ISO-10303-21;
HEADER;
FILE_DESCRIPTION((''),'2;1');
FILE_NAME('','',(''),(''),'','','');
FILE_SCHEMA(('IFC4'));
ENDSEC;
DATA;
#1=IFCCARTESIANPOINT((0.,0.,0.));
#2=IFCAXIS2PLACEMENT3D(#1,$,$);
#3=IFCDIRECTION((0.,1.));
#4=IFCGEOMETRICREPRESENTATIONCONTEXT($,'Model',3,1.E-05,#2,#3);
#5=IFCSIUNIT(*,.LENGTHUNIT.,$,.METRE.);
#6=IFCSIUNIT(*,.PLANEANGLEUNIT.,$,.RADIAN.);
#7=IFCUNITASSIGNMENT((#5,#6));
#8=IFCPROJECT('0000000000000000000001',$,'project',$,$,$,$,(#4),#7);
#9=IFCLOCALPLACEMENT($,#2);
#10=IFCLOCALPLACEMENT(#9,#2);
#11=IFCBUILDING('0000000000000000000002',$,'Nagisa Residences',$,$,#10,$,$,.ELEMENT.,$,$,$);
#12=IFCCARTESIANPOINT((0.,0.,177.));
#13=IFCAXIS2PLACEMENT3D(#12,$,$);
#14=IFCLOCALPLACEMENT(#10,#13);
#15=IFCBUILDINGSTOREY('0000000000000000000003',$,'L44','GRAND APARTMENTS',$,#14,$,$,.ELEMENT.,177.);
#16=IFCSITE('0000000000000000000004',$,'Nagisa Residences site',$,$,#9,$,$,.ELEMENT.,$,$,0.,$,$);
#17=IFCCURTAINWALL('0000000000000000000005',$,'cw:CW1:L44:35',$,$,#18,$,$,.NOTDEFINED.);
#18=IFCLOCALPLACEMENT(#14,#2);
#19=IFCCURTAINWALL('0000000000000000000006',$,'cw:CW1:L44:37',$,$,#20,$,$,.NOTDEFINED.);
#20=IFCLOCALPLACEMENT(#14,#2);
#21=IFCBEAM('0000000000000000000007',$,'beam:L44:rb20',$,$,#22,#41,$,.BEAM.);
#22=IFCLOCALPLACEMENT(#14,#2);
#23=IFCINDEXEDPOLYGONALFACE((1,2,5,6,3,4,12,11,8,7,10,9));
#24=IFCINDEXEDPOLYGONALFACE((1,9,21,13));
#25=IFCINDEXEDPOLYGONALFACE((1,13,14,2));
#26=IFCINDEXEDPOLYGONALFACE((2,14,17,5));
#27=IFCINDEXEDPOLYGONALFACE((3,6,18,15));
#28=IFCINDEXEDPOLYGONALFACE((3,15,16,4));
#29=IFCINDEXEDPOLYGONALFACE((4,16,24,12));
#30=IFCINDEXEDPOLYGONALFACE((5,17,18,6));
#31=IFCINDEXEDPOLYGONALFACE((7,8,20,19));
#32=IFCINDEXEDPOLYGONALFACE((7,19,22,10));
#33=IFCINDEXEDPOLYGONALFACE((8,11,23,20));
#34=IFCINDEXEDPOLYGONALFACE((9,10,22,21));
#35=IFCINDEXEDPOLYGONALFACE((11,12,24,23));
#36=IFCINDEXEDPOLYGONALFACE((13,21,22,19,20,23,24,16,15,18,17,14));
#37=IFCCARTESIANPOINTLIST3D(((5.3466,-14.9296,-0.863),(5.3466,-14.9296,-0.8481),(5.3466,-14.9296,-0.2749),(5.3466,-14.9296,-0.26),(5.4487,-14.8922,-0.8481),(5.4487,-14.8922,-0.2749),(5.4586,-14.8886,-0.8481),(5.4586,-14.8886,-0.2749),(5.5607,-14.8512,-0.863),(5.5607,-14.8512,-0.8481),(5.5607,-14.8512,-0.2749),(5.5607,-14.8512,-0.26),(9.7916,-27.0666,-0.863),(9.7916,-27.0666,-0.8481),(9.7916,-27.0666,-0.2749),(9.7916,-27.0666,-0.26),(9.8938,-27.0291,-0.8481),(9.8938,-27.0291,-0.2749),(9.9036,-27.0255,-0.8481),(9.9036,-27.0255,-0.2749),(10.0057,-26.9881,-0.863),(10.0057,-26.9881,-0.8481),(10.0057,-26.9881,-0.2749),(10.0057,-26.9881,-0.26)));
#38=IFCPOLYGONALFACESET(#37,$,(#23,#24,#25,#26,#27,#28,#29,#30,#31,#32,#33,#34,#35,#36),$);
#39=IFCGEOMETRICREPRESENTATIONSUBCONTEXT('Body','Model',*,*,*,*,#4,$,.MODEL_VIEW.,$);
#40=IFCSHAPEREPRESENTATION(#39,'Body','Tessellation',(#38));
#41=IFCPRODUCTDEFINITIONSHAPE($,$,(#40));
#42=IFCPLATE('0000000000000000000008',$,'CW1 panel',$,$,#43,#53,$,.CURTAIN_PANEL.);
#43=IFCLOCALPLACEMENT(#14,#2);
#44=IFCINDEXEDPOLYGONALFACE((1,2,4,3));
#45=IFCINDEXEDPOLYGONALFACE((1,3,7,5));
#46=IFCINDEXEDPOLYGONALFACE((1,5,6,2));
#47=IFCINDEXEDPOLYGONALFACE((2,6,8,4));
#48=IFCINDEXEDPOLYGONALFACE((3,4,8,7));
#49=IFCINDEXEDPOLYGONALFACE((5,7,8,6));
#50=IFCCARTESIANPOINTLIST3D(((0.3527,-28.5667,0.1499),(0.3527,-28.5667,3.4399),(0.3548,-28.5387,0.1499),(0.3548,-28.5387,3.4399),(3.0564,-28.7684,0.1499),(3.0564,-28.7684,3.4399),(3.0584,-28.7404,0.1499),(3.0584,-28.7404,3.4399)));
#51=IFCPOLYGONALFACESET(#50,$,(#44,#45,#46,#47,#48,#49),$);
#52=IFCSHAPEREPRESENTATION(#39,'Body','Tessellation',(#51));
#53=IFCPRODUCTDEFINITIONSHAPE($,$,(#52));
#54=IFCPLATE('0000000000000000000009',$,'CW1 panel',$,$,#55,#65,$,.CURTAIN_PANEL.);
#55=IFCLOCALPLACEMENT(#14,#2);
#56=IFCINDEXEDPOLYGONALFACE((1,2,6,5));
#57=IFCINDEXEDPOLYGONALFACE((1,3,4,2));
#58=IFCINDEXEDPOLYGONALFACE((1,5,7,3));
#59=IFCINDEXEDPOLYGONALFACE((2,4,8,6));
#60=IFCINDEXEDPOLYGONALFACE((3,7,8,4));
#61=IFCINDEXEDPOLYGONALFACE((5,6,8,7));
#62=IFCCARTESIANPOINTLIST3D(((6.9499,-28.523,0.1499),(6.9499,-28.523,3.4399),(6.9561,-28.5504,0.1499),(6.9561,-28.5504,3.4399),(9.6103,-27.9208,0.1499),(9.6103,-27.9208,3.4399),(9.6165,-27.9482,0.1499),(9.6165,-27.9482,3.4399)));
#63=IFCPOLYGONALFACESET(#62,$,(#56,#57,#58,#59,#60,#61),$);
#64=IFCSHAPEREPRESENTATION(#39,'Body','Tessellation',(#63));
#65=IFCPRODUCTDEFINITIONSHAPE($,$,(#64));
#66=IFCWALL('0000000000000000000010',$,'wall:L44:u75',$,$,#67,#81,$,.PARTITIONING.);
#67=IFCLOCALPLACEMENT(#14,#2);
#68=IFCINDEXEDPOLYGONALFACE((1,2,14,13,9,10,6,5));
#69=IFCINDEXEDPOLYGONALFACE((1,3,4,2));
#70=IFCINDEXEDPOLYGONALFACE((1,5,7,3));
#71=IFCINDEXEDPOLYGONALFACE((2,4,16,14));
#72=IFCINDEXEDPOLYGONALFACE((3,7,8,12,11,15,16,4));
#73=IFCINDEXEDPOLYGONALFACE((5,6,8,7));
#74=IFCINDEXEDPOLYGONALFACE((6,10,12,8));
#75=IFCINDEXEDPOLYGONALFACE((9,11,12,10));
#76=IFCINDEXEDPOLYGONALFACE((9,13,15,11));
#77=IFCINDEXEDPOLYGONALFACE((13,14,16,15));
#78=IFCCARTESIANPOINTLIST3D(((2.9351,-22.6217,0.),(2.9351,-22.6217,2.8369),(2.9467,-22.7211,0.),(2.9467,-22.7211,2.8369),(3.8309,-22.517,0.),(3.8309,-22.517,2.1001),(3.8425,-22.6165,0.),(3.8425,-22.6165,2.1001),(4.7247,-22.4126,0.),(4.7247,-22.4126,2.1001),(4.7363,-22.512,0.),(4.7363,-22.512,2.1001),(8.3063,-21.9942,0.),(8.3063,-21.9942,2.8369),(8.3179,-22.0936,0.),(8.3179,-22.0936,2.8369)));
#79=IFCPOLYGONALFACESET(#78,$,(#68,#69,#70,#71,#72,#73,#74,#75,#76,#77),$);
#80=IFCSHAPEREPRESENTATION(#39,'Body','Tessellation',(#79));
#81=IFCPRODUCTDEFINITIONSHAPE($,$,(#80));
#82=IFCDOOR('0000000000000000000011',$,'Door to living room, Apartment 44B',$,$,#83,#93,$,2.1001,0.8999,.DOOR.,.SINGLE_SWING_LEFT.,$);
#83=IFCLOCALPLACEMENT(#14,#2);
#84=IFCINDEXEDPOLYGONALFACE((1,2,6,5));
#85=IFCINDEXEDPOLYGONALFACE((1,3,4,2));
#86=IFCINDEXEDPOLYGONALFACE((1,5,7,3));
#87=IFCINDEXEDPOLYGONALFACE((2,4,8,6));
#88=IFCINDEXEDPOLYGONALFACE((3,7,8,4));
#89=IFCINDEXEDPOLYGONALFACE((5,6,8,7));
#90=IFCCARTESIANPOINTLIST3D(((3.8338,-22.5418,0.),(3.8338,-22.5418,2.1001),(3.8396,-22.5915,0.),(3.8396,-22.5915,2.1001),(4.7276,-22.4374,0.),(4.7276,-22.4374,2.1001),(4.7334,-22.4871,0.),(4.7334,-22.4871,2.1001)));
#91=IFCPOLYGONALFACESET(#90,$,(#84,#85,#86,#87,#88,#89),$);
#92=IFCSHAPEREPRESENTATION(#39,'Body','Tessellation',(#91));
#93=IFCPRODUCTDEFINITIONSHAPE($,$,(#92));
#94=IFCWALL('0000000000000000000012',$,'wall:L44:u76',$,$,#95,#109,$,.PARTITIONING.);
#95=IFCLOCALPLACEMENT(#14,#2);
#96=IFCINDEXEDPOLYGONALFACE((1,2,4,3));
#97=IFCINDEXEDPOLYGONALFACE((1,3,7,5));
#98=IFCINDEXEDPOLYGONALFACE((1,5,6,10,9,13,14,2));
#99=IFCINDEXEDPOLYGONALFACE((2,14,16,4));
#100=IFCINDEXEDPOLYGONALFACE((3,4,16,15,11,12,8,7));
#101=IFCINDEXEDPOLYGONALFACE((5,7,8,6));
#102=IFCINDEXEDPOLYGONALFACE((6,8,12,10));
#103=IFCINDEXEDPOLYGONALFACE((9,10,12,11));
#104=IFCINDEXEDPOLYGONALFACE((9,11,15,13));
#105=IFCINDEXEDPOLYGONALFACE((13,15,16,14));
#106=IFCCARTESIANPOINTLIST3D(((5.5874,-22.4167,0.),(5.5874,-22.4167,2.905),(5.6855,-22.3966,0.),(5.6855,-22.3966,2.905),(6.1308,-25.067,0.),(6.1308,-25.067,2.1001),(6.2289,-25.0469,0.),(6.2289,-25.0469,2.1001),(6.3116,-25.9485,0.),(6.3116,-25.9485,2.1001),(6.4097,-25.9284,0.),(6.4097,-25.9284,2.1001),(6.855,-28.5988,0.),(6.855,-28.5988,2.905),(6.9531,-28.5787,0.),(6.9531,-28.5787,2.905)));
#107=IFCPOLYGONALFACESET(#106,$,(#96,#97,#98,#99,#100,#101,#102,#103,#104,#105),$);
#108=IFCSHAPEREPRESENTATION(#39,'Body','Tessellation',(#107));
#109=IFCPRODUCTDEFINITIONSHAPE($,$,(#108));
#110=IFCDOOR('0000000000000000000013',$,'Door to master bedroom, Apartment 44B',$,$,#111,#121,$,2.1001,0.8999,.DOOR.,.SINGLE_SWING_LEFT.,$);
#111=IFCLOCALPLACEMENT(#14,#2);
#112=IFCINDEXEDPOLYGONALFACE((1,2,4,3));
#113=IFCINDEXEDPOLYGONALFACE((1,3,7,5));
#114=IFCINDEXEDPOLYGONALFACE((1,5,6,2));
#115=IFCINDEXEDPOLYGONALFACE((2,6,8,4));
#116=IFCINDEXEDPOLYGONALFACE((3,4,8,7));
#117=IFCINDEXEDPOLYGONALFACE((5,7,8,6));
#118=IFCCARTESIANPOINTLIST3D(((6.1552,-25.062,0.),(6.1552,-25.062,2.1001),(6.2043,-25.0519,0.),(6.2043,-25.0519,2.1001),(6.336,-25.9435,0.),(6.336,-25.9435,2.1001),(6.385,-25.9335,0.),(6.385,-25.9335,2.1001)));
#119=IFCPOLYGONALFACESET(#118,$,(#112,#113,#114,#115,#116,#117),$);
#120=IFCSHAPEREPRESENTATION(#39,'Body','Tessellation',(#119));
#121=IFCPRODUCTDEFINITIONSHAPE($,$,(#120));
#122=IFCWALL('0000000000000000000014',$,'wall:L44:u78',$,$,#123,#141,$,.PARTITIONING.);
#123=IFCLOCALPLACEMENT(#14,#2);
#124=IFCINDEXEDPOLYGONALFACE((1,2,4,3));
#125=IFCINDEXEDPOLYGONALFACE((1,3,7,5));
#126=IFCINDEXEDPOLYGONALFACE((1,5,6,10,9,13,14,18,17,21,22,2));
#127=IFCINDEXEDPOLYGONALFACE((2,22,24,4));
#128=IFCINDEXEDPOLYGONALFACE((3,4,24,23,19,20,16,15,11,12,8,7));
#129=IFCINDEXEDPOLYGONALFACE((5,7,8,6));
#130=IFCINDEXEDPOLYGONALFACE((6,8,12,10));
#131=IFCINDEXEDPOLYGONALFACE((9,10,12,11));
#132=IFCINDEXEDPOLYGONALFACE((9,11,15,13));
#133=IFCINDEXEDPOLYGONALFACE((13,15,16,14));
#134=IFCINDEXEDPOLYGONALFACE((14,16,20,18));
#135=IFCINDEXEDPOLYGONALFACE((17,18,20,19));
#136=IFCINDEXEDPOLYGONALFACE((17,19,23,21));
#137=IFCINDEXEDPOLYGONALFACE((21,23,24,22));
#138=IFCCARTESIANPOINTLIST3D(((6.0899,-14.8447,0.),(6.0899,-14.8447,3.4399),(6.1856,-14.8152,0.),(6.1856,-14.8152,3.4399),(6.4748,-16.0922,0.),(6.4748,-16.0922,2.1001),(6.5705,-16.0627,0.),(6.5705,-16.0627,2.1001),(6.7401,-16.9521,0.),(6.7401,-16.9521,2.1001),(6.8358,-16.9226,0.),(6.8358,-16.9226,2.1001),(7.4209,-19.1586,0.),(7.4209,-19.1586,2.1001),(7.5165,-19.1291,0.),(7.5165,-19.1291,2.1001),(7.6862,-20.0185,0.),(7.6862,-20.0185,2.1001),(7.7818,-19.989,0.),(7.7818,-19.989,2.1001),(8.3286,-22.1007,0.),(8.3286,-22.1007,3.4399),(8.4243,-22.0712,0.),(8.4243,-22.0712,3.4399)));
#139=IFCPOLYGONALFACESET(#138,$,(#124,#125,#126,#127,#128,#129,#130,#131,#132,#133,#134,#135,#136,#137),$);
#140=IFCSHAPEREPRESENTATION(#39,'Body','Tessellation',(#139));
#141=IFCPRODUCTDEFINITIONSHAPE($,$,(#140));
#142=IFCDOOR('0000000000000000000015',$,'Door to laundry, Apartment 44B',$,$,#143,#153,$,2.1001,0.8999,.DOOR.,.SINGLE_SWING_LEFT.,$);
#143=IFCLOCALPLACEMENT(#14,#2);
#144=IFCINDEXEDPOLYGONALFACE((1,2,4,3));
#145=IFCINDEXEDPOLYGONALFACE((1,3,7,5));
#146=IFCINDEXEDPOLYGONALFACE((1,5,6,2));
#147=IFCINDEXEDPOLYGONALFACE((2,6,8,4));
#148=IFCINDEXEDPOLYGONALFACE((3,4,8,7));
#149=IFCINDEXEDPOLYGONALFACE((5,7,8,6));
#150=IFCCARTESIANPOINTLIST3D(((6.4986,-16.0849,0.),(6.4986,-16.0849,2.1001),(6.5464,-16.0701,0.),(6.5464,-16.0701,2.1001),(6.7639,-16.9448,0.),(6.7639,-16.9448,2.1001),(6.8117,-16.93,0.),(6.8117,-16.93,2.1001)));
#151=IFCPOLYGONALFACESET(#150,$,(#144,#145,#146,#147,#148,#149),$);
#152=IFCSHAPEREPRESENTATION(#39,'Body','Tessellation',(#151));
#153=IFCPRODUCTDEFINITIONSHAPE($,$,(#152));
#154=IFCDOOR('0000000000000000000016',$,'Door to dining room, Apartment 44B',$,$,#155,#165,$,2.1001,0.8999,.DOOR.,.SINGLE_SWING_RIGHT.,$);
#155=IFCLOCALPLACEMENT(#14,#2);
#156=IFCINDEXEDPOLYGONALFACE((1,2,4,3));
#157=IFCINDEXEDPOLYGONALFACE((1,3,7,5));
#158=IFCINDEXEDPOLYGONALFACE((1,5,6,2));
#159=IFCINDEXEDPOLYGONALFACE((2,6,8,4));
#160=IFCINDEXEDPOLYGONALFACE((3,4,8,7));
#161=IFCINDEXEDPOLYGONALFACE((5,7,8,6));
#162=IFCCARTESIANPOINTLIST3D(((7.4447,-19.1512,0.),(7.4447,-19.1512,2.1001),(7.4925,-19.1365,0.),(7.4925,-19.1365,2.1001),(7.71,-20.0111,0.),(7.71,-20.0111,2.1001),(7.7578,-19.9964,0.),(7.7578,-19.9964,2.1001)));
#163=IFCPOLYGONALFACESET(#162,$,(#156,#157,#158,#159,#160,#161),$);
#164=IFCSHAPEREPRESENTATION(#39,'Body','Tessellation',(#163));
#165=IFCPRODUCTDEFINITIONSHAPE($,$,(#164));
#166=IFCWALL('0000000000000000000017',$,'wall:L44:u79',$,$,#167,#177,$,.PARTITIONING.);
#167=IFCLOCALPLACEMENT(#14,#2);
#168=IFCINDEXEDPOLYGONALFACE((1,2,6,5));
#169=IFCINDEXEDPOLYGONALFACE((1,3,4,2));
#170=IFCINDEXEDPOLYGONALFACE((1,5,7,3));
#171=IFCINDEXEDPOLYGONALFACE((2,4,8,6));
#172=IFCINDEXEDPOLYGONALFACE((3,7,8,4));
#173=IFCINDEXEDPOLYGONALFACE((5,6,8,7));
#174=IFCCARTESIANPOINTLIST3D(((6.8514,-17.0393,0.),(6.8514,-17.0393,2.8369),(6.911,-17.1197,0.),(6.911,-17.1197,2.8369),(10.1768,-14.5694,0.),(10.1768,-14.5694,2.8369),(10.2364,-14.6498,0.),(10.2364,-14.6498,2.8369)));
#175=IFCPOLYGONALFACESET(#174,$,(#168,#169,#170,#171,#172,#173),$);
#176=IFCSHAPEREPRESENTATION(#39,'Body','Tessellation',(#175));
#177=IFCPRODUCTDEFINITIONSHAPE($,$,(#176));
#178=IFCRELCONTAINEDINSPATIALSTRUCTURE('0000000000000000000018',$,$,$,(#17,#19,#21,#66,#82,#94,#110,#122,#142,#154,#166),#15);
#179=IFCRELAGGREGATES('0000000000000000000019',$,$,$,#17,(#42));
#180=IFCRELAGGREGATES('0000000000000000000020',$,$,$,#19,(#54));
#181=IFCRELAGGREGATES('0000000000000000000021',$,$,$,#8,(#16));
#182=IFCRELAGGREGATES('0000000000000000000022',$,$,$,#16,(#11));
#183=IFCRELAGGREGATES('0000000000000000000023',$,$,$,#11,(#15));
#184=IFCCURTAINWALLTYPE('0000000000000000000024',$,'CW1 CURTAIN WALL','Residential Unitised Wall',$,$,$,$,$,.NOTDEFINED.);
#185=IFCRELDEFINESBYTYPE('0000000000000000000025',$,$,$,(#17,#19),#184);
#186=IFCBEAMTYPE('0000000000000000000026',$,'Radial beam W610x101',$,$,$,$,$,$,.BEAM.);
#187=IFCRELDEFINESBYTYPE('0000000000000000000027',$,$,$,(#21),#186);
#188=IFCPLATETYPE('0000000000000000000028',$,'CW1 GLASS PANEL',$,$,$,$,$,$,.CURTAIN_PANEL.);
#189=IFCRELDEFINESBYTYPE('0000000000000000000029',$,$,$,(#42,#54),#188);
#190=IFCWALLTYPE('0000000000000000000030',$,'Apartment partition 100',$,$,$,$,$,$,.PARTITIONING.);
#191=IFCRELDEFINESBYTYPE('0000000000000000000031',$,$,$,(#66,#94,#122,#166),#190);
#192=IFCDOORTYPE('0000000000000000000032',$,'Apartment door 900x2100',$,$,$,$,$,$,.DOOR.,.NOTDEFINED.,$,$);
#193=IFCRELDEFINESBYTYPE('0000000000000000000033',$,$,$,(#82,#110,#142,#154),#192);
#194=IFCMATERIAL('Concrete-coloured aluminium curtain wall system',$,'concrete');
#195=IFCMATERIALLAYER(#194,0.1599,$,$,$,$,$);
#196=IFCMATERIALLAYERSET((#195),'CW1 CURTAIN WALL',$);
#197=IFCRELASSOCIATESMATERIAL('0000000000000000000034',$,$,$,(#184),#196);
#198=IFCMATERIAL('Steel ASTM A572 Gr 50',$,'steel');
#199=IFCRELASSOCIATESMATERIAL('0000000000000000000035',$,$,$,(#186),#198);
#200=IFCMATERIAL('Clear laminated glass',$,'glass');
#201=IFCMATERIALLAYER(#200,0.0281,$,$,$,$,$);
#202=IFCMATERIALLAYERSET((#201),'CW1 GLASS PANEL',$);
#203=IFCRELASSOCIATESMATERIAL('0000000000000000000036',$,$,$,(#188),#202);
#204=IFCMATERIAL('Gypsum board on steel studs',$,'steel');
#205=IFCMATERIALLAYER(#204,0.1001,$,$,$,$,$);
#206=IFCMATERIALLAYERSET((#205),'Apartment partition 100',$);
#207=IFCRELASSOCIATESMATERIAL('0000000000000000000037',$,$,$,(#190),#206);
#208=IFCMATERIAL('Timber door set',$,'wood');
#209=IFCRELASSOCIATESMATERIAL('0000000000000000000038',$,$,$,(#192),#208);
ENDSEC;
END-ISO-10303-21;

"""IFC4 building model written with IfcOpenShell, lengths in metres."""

from ifc_helpers import new_model, si_unit, direction, frame, frame_2d, origin, origin_2d, place, context, subcontext, project, spatial, rectangle, i_section, extrude, material, layer, layer_set, material_profile, profile_set, type_object, element, fill, aggregate, save


model = new_model("IFC4")

# Units and contexts
model_context = context("Model", 3, precision=1e-05, world=origin(), true_north=direction((0.0, 1.0)))
body_context = subcontext(model_context, "Body", "Model", "MODEL_VIEW")
ifc_project = project(units=[si_unit("LENGTHUNIT", "METRE"), si_unit("PLANEANGLEUNIT", "RADIAN")], contexts=[model_context])

# Site, building, storey
site_placement = place(None, origin())
site = spatial("IfcSite", under=ifc_project, at=site_placement, Name="Nagisa Residences site", CompositionType="ELEMENT", RefElevation=0.0)
building_placement = place(site_placement, origin())
building = spatial("IfcBuilding", under=site, at=building_placement, Name="Nagisa Residences", CompositionType="ELEMENT")
storey_placement = place(building_placement, frame((0.0, 0.0, 177.0)))
storey = spatial("IfcBuildingStorey", under=building, at=storey_placement, Name="L44", Description="GRAND APARTMENTS", CompositionType="ELEMENT", Elevation=177.0)

# Curtain walls
ifc_material_1 = material(Name="Concrete-coloured aluminium curtain wall system", Category="concrete")
ifc_layer_1 = layer(ifc_material_1, 0.1599)
ifc_layer_set_1 = layer_set([ifc_layer_1], Name="CW1 CURTAIN WALL")
curtain_wall_type = type_object("IfcCurtainWallType", Name="CW1 CURTAIN WALL", Description="Residential Unitised Wall", PredefinedType="NOTDEFINED", material=ifc_layer_set_1)
curtain_wall_1_placement = place(storey_placement, origin())
curtain_wall_1 = element("IfcCurtainWall", 1, at=curtain_wall_1_placement, inside=storey, type_object=curtain_wall_type, Name="cw:CW1:L44:35", PredefinedType="NOTDEFINED")
curtain_wall_2_placement = place(storey_placement, origin())
curtain_wall_2 = element("IfcCurtainWall", 2, at=curtain_wall_2_placement, inside=storey, type_object=curtain_wall_type, Name="cw:CW1:L44:37", PredefinedType="NOTDEFINED")

# Beam
ifc_material_2 = material(Name="Steel ASTM A572 Gr 50", Category="steel")
ifc_material_profile_1 = material_profile(ifc_material_2, i_section(OverallWidth=0.228, OverallDepth=0.603, WebThickness=0.0105, FlangeThickness=0.0149, at=origin_2d()), Name="W610x101")
ifc_profile_set_1 = profile_set([ifc_material_profile_1], Name="Steel ASTM A572 Gr 50")
beam_type_1 = type_object("IfcBeamType", Name="Radial beam W610x101", PredefinedType="BEAM", material=ifc_profile_set_1)
beam_1_placement = place(storey_placement, frame((9.8987, -27.0273, -0.5615), z_axis=(-0.343903, 0.939005, 0.0), x_axis=(-0.939005, -0.343903, 0.0)))
element("IfcBeam", 3, at=beam_1_placement, inside=storey, type_object=beam_type_1, Name="beam:L44:rb20", PredefinedType="BEAM", context=body_context, shape_type="SweptSolid", body=[
    extrude(i_section(OverallWidth=0.228, OverallDepth=0.603, WebThickness=0.0105, FlangeThickness=0.0149, at=origin_2d()), origin(), (0.0, 0.0, 1.0), 12.9253),
])

# Plates
ifc_material_3 = material(Name="Clear laminated glass", Category="glass")
ifc_layer_2 = layer(ifc_material_3, 0.0281)
ifc_layer_set_2 = layer_set([ifc_layer_2], Name="CW1 GLASS PANEL")
plate_type = type_object("IfcPlateType", Name="CW1 GLASS PANEL", PredefinedType="CURTAIN_PANEL", material=ifc_layer_set_2)
plate_1_placement = place(storey_placement, frame((1.7056, -28.6536, 0.1499), z_axis=(0.0, 0.0, 1.0), x_axis=(0.99723, -0.074377, 0.0)))
plate_1 = element("IfcPlate", 4, at=plate_1_placement, type_object=plate_type, Name="CW1 panel", PredefinedType="CURTAIN_PANEL", context=body_context, shape_type="SweptSolid", body=[
    extrude(rectangle(XDim=2.7112, YDim=0.0281, at=origin_2d()), origin(), (0.0, 0.0, 1.0), 3.29),
])
aggregate(curtain_wall_1, [plate_1])
plate_2_placement = place(storey_placement, frame((8.2832, -28.2356, 0.1499), z_axis=(0.0, 0.0, 1.0), x_axis=(0.975327, 0.220764, 0.0)))
plate_2 = element("IfcPlate", 5, at=plate_2_placement, type_object=plate_type, Name="CW1 panel", PredefinedType="CURTAIN_PANEL", context=body_context, shape_type="SweptSolid", body=[
    extrude(rectangle(XDim=2.7278, YDim=0.0281, at=origin_2d()), origin(), (0.0, 0.0, 1.0), 3.29),
])
aggregate(curtain_wall_2, [plate_2])

# Walls, openings, doors
ifc_material_4 = material(Name="Gypsum board on steel studs", Category="steel")
ifc_layer_3 = layer(ifc_material_4, 0.1001)
ifc_layer_set_3 = layer_set([ifc_layer_3], Name="Apartment partition 100")
wall_type_1 = type_object("IfcWallType", Name="Apartment partition 100", PredefinedType="PARTITIONING", material=ifc_layer_set_3)
wall_1_placement = place(storey_placement, frame((2.9409, -22.6714, 0.0), z_axis=(0.0, 0.0, 1.0), x_axis=(0.993246, 0.116029, 0.0)))
wall_1 = element("IfcWall", 6, at=wall_1_placement, inside=storey, type_object=wall_type_1, Name="wall:L44:u75", PredefinedType="PARTITIONING", context=body_context, shape_type="SweptSolid", body=[
    extrude(rectangle(XDim=5.4077, YDim=0.1001, at=frame_2d((2.7039, 0.0))), origin(), (0.0, 0.0, 1.0), 2.8369),
])
opening_1_placement = place(wall_1_placement, frame((0.9019, 0.0, 0.0)))
opening_1 = element("IfcOpeningElement", 7, at=opening_1_placement, cuts=wall_1, PredefinedType="OPENING", context=body_context, shape_type="SweptSolid", body=[
    extrude(rectangle(XDim=0.8999, YDim=2.1001, at=frame_2d((0.45, 1.05))), frame((0.0, 0.0601, 0.0), z_axis=(0.0, -1.0, 0.0), x_axis=(1.0, 0.0, 0.0)), (0.0, 0.0, 1.0), 0.1201),
])
ifc_material_5 = material(Name="Timber door set", Category="wood")
door_type_1 = type_object("IfcDoorType", Name="Apartment door 900x2100", OperationType="NOTDEFINED", PredefinedType="DOOR", material=ifc_material_5)
door_1_placement = place(opening_1_placement, frame((0.8999, 0.0, 0.0), x_axis=(-1.0, 0.0, 0.0)))
door_1 = element("IfcDoor", 8, at=door_1_placement, inside=storey, type_object=door_type_1, Name="Door to living room, Apartment 44B", OperationType="SINGLE_SWING_LEFT", OverallHeight=2.1001, OverallWidth=0.8999, PredefinedType="DOOR", context=body_context, shape_type="SweptSolid", body=[
    extrude(rectangle(XDim=0.8999, YDim=2.1001, at=frame_2d((0.45, 1.05))), frame((0.0, 0.0249, 0.0), z_axis=(0.0, -1.0, 0.0), x_axis=(1.0, 0.0, 0.0)), (0.0, 0.0, 1.0), 0.05),
])
fill(opening_1, door_1)
wall_2_placement = place(storey_placement, frame((5.6365, -22.4067, 0.0), z_axis=(0.0, 0.0, 1.0), x_axis=(0.20086, -0.97962, 0.0)))
wall_2 = element("IfcWall", 9, at=wall_2_placement, inside=storey, type_object=wall_type_1, Name="wall:L44:u76", PredefinedType="PARTITIONING", context=body_context, shape_type="SweptSolid", body=[
    extrude(rectangle(XDim=6.3108, YDim=0.1001, at=frame_2d((3.1553, 0.0))), origin(), (0.0, 0.0, 1.0), 2.905),
])
opening_2_placement = place(wall_2_placement, frame((2.7053, 0.0, 0.0)))
opening_2 = element("IfcOpeningElement", 10, at=opening_2_placement, cuts=wall_2, PredefinedType="OPENING", context=body_context, shape_type="SweptSolid", body=[
    extrude(rectangle(XDim=0.8999, YDim=2.1001, at=frame_2d((0.45, 1.05))), frame((0.0, 0.0601, 0.0), z_axis=(0.0, -1.0, 0.0), x_axis=(1.0, 0.0, 0.0)), (0.0, 0.0, 1.0), 0.1201),
])
door_2_placement = place(opening_2_placement, origin())
door_2 = element("IfcDoor", 11, at=door_2_placement, inside=storey, type_object=door_type_1, Name="Door to master bedroom, Apartment 44B", OperationType="SINGLE_SWING_LEFT", OverallHeight=2.1001, OverallWidth=0.8999, PredefinedType="DOOR", context=body_context, shape_type="SweptSolid", body=[
    extrude(rectangle(XDim=0.8999, YDim=2.1001, at=frame_2d((0.45, 1.05))), frame((0.0, 0.0249, 0.0), z_axis=(0.0, -1.0, 0.0), x_axis=(1.0, 0.0, 0.0)), (0.0, 0.0, 1.0), 0.05),
])
fill(opening_2, door_2)

# Wall, openings, doors
wall_3_placement = place(storey_placement, frame((6.1377, -14.8298, 0.0), z_axis=(0.0, 0.0, 1.0), x_axis=(0.294822, -0.955552, 0.0)))
wall_3 = element("IfcWall", 12, at=wall_3_placement, inside=storey, type_object=wall_type_1, Name="wall:L44:u78", PredefinedType="PARTITIONING", context=body_context, shape_type="SweptSolid", body=[
    extrude(rectangle(XDim=7.5935, YDim=0.1001, at=frame_2d((3.7969, 0.0))), origin(), (0.0, 0.0, 1.0), 3.4399),
])
opening_3_placement = place(wall_3_placement, frame((1.3057, 0.0, 0.0)))
opening_3 = element("IfcOpeningElement", 13, at=opening_3_placement, cuts=wall_3, PredefinedType="OPENING", context=body_context, shape_type="SweptSolid", body=[
    extrude(rectangle(XDim=0.8999, YDim=2.1001, at=frame_2d((0.45, 1.05))), frame((0.0, 0.0601, 0.0), z_axis=(0.0, -1.0, 0.0), x_axis=(1.0, 0.0, 0.0)), (0.0, 0.0, 1.0), 0.1201),
])
opening_4_placement = place(wall_3_placement, frame((4.5146, 0.0, 0.0)))
opening_4 = element("IfcOpeningElement", 14, at=opening_4_placement, cuts=wall_3, PredefinedType="OPENING", context=body_context, shape_type="SweptSolid", body=[
    extrude(rectangle(XDim=0.8999, YDim=2.1001, at=frame_2d((0.45, 1.05))), frame((0.0, 0.0601, 0.0), z_axis=(0.0, -1.0, 0.0), x_axis=(1.0, 0.0, 0.0)), (0.0, 0.0, 1.0), 0.1201),
])
door_3_placement = place(opening_3_placement, origin())
door_3 = element("IfcDoor", 15, at=door_3_placement, inside=storey, type_object=door_type_1, Name="Door to laundry, Apartment 44B", OperationType="SINGLE_SWING_LEFT", OverallHeight=2.1001, OverallWidth=0.8999, PredefinedType="DOOR", context=body_context, shape_type="SweptSolid", body=[
    extrude(rectangle(XDim=0.8999, YDim=2.1001, at=frame_2d((0.45, 1.05))), frame((0.0, 0.0249, 0.0), z_axis=(0.0, -1.0, 0.0), x_axis=(1.0, 0.0, 0.0)), (0.0, 0.0, 1.0), 0.05),
])
fill(opening_3, door_3)
door_4_placement = place(opening_4_placement, origin())
door_4 = element("IfcDoor", 16, at=door_4_placement, inside=storey, type_object=door_type_1, Name="Door to dining room, Apartment 44B", OperationType="SINGLE_SWING_RIGHT", OverallHeight=2.1001, OverallWidth=0.8999, PredefinedType="DOOR", context=body_context, shape_type="SweptSolid", body=[
    extrude(rectangle(XDim=0.8999, YDim=2.1001, at=frame_2d((0.45, 1.05))), frame((0.0, 0.0249, 0.0), z_axis=(0.0, -1.0, 0.0), x_axis=(1.0, 0.0, 0.0)), (0.0, 0.0, 1.0), 0.05),
])
fill(opening_4, door_4)

# Wall
wall_4_placement = place(storey_placement, frame((6.8811, -17.0796, 0.0), z_axis=(0.0, 0.0, 1.0), x_axis=(0.802785, 0.596269, 0.0)))
element("IfcWall", 17, at=wall_4_placement, inside=storey, type_object=wall_type_1, Name="wall:L44:u79", PredefinedType="PARTITIONING", context=body_context, shape_type="SweptSolid", body=[
    extrude(rectangle(XDim=4.1423, YDim=0.1001, at=frame_2d((2.0713, 0.0))), origin(), (0.0, 0.0, 1.0), 2.8369),
])

save(model, "model.ifc")
